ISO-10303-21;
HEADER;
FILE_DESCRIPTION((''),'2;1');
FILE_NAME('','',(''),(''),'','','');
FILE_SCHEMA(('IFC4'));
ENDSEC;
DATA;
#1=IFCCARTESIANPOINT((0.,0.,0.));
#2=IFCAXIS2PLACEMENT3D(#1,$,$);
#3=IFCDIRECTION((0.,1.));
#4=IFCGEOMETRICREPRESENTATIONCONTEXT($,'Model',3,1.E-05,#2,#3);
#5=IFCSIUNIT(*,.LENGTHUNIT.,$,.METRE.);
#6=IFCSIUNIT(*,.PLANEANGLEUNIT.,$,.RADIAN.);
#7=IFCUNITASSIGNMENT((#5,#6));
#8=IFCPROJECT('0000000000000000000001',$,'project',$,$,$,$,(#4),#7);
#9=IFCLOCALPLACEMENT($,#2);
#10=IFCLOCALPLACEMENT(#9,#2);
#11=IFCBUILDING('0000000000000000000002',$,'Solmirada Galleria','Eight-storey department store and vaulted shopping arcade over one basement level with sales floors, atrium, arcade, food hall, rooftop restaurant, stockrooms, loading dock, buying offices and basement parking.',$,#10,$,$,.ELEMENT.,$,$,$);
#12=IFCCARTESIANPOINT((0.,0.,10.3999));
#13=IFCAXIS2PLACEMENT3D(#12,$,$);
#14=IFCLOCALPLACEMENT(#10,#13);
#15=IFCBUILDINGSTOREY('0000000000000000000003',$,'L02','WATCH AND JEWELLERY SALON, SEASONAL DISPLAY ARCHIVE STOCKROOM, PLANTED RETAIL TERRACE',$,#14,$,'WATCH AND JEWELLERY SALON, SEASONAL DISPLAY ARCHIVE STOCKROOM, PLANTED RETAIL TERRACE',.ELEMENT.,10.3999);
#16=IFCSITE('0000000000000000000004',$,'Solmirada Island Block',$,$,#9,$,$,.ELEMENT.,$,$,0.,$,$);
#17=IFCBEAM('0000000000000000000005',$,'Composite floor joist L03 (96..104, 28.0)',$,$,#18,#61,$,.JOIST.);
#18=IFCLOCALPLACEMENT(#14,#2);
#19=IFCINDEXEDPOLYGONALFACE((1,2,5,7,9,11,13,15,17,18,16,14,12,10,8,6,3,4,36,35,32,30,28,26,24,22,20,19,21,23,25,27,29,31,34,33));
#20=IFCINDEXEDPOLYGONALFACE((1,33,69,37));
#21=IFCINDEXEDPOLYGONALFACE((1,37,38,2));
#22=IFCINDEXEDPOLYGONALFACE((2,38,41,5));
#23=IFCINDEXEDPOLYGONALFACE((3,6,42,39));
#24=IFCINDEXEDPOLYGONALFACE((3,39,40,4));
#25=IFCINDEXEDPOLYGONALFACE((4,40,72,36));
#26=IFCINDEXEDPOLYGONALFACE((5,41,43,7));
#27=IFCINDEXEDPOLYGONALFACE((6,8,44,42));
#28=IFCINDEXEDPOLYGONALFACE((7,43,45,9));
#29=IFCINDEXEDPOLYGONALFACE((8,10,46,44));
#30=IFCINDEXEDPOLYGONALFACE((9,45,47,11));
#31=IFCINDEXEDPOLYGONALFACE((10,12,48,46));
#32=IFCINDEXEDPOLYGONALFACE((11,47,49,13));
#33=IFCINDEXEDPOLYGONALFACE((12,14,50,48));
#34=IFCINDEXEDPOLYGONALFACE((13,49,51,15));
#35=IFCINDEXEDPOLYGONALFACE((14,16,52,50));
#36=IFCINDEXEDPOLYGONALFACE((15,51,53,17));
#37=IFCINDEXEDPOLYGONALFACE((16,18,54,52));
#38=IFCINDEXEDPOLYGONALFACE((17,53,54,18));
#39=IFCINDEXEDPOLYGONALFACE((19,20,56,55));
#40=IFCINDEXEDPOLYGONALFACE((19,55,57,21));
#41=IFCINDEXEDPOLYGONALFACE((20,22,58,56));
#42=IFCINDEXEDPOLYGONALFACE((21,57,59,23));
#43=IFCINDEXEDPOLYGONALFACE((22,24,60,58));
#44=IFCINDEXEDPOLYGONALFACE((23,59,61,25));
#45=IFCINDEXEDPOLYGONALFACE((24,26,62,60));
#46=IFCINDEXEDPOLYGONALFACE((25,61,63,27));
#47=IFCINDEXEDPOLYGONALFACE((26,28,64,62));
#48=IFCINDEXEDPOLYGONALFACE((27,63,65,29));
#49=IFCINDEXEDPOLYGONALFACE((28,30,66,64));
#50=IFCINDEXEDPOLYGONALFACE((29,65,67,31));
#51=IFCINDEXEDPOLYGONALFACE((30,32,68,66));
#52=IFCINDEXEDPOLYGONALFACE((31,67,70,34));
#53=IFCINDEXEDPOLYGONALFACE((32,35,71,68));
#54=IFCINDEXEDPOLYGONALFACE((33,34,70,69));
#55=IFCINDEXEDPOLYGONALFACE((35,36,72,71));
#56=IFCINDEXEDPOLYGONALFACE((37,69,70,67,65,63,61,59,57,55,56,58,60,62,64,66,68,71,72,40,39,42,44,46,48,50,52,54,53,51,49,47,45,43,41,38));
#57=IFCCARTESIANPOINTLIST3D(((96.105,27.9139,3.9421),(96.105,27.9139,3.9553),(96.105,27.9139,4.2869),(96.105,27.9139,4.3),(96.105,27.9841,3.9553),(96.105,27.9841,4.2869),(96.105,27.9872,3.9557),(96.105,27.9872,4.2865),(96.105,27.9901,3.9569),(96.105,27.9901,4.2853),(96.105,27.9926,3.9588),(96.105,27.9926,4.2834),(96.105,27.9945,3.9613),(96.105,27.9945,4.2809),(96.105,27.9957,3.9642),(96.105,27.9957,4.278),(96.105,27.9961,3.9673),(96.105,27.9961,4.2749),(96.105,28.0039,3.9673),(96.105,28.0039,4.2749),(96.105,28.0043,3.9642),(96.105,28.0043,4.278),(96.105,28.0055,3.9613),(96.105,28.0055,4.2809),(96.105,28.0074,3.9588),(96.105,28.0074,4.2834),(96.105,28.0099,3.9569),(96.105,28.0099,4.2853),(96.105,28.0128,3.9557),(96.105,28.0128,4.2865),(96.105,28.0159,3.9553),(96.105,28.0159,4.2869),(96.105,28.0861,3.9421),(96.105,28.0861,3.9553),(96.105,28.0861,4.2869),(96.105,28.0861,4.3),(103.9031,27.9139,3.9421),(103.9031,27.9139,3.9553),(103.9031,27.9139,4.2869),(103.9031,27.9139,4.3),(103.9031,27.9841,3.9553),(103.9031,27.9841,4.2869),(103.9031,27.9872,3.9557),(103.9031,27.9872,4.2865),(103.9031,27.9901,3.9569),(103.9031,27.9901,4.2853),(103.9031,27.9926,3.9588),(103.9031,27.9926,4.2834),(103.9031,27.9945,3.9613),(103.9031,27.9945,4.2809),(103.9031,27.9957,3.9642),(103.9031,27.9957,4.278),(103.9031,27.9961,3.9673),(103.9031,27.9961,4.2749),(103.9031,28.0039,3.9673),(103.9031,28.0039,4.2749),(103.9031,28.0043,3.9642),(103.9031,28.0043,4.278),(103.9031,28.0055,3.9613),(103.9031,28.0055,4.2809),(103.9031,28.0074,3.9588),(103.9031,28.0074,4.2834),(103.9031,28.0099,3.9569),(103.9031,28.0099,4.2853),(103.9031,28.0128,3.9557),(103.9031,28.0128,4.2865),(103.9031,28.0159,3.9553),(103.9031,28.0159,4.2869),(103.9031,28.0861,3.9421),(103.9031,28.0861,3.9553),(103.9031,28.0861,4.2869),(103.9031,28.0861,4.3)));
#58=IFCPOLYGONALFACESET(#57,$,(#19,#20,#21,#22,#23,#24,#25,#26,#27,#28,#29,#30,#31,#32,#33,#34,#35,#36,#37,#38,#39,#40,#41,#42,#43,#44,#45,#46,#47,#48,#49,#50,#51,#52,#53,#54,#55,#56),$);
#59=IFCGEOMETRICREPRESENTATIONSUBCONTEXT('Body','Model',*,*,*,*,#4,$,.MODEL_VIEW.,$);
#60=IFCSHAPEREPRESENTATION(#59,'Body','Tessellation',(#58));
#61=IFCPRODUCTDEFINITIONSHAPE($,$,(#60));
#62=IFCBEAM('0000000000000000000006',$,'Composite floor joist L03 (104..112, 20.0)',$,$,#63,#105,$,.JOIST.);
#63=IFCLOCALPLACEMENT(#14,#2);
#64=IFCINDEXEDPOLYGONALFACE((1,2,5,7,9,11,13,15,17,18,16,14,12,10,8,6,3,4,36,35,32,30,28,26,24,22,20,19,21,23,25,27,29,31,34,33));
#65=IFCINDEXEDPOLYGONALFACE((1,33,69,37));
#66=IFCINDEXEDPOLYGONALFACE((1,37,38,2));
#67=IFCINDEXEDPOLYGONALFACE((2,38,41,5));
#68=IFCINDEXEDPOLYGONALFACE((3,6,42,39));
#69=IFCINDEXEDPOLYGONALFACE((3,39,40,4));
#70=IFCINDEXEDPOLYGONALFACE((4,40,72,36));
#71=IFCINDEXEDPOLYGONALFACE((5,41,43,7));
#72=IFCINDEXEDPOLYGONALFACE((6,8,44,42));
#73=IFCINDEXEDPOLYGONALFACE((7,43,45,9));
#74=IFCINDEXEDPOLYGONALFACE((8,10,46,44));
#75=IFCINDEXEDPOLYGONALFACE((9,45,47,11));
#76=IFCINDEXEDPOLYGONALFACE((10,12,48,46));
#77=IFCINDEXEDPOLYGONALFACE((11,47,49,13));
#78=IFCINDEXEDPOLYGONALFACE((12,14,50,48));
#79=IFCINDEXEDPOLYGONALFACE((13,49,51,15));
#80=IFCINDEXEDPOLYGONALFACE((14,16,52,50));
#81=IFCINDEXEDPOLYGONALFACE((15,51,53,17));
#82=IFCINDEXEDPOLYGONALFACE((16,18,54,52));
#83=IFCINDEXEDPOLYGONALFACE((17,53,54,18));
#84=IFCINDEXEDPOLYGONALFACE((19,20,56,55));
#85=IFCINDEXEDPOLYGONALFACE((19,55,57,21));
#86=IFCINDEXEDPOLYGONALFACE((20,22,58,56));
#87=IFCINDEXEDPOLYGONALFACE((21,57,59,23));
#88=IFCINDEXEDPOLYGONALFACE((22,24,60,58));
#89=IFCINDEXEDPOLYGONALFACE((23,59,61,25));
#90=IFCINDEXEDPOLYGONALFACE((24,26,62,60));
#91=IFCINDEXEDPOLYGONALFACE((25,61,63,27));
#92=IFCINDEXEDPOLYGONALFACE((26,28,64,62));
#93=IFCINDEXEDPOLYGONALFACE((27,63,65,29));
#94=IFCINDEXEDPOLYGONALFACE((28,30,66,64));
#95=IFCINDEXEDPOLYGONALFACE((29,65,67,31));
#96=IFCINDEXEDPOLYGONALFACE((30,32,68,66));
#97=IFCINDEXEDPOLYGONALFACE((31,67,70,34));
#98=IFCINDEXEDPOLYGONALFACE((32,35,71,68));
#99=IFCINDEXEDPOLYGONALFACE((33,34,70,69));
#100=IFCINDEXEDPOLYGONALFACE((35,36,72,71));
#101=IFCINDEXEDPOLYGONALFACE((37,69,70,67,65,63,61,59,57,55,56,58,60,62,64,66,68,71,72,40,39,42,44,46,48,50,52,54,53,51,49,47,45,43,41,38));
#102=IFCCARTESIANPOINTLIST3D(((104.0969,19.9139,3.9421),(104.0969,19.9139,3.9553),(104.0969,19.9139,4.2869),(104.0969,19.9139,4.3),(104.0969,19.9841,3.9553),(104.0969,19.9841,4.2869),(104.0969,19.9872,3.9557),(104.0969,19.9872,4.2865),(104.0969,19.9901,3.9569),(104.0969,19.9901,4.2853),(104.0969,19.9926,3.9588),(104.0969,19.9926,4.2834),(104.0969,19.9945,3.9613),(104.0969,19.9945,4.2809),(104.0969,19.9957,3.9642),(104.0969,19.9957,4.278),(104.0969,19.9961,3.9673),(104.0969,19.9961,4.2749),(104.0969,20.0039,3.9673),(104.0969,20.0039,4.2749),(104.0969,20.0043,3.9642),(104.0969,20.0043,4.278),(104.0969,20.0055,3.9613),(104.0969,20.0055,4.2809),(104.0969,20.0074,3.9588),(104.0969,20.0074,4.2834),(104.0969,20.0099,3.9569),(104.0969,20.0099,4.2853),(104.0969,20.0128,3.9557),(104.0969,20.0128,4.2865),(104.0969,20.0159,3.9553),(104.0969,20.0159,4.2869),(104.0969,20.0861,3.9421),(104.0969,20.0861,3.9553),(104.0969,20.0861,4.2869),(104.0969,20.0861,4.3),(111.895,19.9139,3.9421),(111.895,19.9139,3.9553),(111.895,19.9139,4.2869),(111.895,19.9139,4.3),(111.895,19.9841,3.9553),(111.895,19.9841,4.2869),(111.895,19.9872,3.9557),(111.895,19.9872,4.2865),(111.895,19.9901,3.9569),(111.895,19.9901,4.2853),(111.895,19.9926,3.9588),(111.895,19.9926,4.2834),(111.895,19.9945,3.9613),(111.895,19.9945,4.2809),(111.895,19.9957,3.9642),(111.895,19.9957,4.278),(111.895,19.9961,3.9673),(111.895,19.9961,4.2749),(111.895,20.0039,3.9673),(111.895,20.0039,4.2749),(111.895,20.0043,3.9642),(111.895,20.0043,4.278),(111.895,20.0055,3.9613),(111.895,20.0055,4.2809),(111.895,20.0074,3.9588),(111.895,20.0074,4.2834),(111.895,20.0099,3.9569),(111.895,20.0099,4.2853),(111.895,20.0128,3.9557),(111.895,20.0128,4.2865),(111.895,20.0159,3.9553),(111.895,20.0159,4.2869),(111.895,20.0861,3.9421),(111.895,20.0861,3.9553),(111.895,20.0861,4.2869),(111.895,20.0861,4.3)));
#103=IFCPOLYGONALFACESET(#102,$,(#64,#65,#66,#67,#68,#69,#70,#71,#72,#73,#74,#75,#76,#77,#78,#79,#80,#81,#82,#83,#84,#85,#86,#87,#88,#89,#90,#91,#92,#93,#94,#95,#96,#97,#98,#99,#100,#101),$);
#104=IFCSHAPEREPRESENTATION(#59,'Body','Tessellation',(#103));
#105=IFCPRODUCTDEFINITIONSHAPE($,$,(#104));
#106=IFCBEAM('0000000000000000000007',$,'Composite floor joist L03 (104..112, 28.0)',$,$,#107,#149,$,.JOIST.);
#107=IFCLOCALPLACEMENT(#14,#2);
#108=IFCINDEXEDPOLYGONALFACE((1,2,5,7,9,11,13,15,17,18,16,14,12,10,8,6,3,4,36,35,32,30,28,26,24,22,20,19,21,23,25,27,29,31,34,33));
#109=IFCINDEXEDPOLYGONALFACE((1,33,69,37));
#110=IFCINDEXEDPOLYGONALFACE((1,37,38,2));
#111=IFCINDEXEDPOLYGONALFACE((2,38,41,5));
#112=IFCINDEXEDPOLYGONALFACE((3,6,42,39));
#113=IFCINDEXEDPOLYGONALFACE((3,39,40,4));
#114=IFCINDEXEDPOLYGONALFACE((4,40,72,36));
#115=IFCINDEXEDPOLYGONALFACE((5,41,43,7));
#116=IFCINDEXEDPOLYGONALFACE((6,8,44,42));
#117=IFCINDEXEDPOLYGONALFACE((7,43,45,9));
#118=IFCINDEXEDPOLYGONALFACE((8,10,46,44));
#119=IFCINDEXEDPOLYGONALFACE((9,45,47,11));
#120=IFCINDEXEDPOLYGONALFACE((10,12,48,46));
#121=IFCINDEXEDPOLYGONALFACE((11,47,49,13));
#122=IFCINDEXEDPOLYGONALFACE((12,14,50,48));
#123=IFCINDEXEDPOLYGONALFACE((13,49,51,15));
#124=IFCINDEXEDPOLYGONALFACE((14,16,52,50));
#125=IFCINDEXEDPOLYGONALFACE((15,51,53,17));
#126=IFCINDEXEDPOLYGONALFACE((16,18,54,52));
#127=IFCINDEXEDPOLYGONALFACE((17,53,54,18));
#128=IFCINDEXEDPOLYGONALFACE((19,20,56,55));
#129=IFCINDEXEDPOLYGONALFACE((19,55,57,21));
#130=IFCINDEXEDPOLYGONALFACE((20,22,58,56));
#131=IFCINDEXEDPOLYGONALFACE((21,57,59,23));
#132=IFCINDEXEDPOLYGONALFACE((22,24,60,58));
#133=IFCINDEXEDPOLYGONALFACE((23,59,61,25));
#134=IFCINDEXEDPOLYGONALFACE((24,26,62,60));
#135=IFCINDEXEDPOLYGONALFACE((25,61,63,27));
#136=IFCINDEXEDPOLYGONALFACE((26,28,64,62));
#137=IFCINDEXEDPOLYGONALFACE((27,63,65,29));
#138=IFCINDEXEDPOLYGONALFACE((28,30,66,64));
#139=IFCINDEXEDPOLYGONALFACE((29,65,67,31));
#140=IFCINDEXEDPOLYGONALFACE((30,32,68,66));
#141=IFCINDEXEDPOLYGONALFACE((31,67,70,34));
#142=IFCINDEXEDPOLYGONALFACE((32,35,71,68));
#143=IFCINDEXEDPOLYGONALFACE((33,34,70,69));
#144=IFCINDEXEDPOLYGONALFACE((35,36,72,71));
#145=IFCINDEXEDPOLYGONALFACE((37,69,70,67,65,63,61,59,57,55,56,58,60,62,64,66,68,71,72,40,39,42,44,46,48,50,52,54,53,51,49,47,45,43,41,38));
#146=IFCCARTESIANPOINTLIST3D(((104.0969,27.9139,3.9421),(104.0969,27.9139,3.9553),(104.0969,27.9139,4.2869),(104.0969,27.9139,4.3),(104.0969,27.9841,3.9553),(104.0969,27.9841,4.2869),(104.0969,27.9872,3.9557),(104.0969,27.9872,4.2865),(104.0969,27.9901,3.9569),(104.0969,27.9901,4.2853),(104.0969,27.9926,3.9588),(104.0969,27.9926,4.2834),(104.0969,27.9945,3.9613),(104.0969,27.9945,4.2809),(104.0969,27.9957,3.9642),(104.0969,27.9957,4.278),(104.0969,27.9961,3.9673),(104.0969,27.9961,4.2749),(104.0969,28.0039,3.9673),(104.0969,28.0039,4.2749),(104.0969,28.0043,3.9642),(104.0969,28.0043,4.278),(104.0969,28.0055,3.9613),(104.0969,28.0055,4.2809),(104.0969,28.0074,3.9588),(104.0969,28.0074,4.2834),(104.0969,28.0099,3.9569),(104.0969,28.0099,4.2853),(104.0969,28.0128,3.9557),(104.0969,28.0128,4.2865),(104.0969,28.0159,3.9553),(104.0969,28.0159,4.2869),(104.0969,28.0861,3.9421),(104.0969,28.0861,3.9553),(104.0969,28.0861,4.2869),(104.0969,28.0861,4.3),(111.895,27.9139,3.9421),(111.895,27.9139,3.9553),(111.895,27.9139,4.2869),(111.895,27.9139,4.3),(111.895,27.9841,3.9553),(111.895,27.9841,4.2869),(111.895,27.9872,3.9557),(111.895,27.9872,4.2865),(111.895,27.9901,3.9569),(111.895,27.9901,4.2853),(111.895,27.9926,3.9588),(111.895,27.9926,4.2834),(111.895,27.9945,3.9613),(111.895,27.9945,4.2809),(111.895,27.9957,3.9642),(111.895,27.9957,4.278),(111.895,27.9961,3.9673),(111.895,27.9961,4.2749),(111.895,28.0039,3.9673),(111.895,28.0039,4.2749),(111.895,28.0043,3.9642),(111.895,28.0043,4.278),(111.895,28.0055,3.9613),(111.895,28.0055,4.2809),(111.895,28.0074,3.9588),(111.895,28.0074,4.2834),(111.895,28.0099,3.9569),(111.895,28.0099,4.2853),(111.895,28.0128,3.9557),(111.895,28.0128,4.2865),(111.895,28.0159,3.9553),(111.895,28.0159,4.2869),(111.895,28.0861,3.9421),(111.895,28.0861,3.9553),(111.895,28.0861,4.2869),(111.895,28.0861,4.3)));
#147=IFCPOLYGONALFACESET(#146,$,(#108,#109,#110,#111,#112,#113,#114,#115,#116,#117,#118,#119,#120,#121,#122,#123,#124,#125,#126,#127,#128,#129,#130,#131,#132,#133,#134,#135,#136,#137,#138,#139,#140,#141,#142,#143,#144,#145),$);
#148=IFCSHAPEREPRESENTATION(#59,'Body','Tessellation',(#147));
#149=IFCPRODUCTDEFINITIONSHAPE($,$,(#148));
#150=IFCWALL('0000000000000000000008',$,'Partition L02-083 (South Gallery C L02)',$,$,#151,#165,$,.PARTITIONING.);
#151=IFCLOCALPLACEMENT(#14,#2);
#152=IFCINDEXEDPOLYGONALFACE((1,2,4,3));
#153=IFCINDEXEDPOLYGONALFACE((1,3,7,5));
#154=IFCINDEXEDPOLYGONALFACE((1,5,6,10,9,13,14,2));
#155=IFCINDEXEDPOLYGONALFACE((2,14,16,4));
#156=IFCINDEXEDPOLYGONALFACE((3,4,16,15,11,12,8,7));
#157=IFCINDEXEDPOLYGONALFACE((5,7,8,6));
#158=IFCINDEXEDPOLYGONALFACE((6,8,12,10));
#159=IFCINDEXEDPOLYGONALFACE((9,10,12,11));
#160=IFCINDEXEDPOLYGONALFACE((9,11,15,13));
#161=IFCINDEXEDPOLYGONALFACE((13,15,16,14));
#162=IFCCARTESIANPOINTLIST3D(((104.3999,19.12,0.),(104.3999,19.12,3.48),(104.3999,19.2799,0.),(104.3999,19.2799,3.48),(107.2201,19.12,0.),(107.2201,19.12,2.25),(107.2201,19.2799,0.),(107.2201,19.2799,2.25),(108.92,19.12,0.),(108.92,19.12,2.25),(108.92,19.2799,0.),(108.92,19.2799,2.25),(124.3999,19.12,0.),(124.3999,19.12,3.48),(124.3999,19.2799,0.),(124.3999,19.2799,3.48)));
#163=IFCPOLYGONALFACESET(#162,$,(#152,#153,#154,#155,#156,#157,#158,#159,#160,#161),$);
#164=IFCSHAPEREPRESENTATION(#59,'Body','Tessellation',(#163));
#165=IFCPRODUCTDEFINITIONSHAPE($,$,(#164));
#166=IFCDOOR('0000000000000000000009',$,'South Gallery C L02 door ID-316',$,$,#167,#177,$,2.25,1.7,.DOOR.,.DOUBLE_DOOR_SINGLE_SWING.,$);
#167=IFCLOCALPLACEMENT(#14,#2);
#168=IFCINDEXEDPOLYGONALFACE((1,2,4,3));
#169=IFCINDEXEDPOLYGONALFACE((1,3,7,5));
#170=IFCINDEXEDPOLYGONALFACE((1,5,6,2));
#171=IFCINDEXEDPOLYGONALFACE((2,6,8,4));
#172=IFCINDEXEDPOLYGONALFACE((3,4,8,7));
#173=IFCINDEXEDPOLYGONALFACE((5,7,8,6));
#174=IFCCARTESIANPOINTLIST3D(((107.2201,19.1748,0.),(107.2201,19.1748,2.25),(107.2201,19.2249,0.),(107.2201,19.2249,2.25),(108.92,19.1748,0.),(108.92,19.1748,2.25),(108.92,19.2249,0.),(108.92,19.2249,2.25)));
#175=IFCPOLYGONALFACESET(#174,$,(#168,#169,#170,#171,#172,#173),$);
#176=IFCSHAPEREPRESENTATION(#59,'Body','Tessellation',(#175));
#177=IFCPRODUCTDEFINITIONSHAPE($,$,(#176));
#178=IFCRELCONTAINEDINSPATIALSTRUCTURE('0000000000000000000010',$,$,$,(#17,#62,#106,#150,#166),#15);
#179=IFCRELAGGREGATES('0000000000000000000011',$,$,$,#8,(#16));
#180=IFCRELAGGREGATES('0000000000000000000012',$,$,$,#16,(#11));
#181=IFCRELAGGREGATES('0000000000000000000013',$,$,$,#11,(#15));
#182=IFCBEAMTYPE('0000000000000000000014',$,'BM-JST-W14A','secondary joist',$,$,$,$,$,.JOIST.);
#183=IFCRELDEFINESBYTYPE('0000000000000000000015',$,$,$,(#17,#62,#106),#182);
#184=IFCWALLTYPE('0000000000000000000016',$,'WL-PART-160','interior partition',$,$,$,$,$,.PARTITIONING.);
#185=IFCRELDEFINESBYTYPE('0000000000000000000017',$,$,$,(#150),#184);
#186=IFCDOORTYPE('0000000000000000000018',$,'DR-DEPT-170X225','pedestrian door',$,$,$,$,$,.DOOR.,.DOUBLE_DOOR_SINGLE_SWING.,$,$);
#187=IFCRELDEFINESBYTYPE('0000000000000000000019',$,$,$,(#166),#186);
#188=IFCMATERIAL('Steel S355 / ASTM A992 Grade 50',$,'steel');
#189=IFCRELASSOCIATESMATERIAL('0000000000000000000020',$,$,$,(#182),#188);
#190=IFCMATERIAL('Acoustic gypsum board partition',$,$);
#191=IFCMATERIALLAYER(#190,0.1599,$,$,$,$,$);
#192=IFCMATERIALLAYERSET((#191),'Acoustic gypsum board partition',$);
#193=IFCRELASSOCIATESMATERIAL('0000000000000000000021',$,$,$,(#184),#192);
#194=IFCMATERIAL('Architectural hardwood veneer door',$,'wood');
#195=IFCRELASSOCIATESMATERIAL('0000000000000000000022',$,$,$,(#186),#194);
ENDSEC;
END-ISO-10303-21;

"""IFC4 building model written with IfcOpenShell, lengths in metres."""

from ifc_helpers import new_model, si_unit, direction, frame, frame_2d, origin, origin_2d, place, context, subcontext, project, spatial, rectangle, i_section, extrude, material, layer, layer_set, material_profile, profile_set, type_object, element, fill, save


model = new_model("IFC4")

# Units and contexts
model_context = context("Model", 3, precision=1e-05, world=origin(), true_north=direction((0.0, 1.0)))
body_context = subcontext(model_context, "Body", "Model", "MODEL_VIEW")
ifc_project = project(units=[si_unit("LENGTHUNIT", "METRE"), si_unit("PLANEANGLEUNIT", "RADIAN")], contexts=[model_context])

# Site, building, storey
site_placement = place(None, origin())
site = spatial("IfcSite", under=ifc_project, at=site_placement, Name="Solmirada Island Block", CompositionType="ELEMENT", RefElevation=0.0)
building_placement = place(site_placement, origin())
building = spatial("IfcBuilding", under=site, at=building_placement, Name="Solmirada Galleria", Description="Eight-storey department store and vaulted shopping arcade over one basement level with sales floors, atrium, arcade, food hall, rooftop restaurant, stockrooms, loading dock, buying offices and basement parking.", CompositionType="ELEMENT")
storey_placement = place(building_placement, frame((0.0, 0.0, 10.3999)))
storey = spatial("IfcBuildingStorey", under=building, at=storey_placement, Name="L02", Description="WATCH AND JEWELLERY SALON, SEASONAL DISPLAY ARCHIVE STOCKROOM, PLANTED RETAIL TERRACE", LongName="WATCH AND JEWELLERY SALON, SEASONAL DISPLAY ARCHIVE STOCKROOM, PLANTED RETAIL TERRACE", CompositionType="ELEMENT", Elevation=10.3999)

# Beams
ifc_material_1 = material(Name="Steel S355 / ASTM A992 Grade 50", Category="steel")
ifc_material_profile_1 = material_profile(ifc_material_1, i_section(OverallWidth=0.1721, OverallDepth=0.3579, WebThickness=0.0078, FlangeThickness=0.0132, FilletRadius=0.012, at=origin_2d()), Name="W14X38")
ifc_profile_set_1 = profile_set([ifc_material_profile_1], Name="Steel S355 / ASTM A992 Grade 50")
beam_type_1 = type_object("IfcBeamType", Name="BM-JST-W14A", Description="secondary joist", PredefinedType="JOIST", material=ifc_profile_set_1)
for number, where, z_axis, x_axis, name in (
    (1, (96.105, 28.0, 4.1211), (1.0, 0.0, 0.0), (0.0, 1.0, 0.0), "Composite floor joist L03 (96..104, 28.0)"),
    (2, (104.0969, 20.0, 4.1211), (1.0, 0.0, 0.0), (0.0, 1.0, 0.0), "Composite floor joist L03 (104..112, 20.0)"),
    (3, (104.0969, 28.0, 4.1211), (1.0, 0.0, 0.0), (0.0, 1.0, 0.0), "Composite floor joist L03 (104..112, 28.0)"),
):
    element("IfcBeam", number, at=place(storey_placement, frame(where, z_axis=z_axis, x_axis=x_axis)), inside=storey, type_object=beam_type_1, Name=name, PredefinedType="JOIST", context=body_context, shape_type="SweptSolid", body=[
        extrude(i_section(OverallWidth=0.1721, OverallDepth=0.3579, WebThickness=0.0078, FlangeThickness=0.0132, FilletRadius=0.012, at=origin_2d()), origin(), (0.0, 0.0, 1.0), 7.7981),
    ])

# Wall, opening, door
ifc_material_2 = material(Name="Acoustic gypsum board partition")
ifc_layer = layer(ifc_material_2, 0.1599)
ifc_layer_set = layer_set([ifc_layer], Name="Acoustic gypsum board partition")
wall_type = type_object("IfcWallType", Name="WL-PART-160", Description="interior partition", PredefinedType="PARTITIONING", material=ifc_layer_set)
wall_1_placement = place(storey_placement, frame((104.3999, 19.2, 0.0), z_axis=(0.0, 0.0, 1.0), x_axis=(1.0, 0.0, 0.0)))
wall_1 = element("IfcWall", 4, at=wall_1_placement, inside=storey, type_object=wall_type, Name="Partition L02-083 (South Gallery C L02)", PredefinedType="PARTITIONING", context=body_context, shape_type="SweptSolid", body=[
    extrude(rectangle(XDim=20.0, YDim=0.1599, at=frame_2d((10.0, 0.0))), origin(), (0.0, 0.0, 1.0), 3.48),
])
opening_1_placement = place(wall_1_placement, frame((2.8201, 0.0, 0.0)))
opening_1 = element("IfcOpeningElement", 5, at=opening_1_placement, cuts=wall_1, PredefinedType="OPENING", context=body_context, shape_type="SweptSolid", body=[
    extrude(rectangle(XDim=1.7, YDim=2.25, at=frame_2d((0.8501, 1.125))), frame((0.0, 0.0898, 0.0), z_axis=(0.0, -1.0, 0.0), x_axis=(1.0, 0.0, 0.0)), (0.0, 0.0, 1.0), 0.1799),
])
ifc_material_3 = material(Name="Architectural hardwood veneer door", Category="wood")
door_type = type_object("IfcDoorType", Name="DR-DEPT-170X225", Description="pedestrian door", OperationType="DOUBLE_DOOR_SINGLE_SWING", PredefinedType="DOOR", material=ifc_material_3)
door_1_placement = place(opening_1_placement, origin())
door_1 = element("IfcDoor", 6, at=door_1_placement, inside=storey, type_object=door_type, Name="South Gallery C L02 door ID-316", OperationType="DOUBLE_DOOR_SINGLE_SWING", OverallHeight=2.25, OverallWidth=1.7, PredefinedType="DOOR", context=body_context, shape_type="SweptSolid", body=[
    extrude(rectangle(XDim=1.7, YDim=2.25, at=frame_2d((0.8501, 1.125))), frame((0.0, 0.0249, 0.0), z_axis=(0.0, -1.0, 0.0), x_axis=(1.0, 0.0, 0.0)), (0.0, 0.0, 1.0), 0.05),
])
fill(opening_1, door_1)

save(model, "model.ifc")
